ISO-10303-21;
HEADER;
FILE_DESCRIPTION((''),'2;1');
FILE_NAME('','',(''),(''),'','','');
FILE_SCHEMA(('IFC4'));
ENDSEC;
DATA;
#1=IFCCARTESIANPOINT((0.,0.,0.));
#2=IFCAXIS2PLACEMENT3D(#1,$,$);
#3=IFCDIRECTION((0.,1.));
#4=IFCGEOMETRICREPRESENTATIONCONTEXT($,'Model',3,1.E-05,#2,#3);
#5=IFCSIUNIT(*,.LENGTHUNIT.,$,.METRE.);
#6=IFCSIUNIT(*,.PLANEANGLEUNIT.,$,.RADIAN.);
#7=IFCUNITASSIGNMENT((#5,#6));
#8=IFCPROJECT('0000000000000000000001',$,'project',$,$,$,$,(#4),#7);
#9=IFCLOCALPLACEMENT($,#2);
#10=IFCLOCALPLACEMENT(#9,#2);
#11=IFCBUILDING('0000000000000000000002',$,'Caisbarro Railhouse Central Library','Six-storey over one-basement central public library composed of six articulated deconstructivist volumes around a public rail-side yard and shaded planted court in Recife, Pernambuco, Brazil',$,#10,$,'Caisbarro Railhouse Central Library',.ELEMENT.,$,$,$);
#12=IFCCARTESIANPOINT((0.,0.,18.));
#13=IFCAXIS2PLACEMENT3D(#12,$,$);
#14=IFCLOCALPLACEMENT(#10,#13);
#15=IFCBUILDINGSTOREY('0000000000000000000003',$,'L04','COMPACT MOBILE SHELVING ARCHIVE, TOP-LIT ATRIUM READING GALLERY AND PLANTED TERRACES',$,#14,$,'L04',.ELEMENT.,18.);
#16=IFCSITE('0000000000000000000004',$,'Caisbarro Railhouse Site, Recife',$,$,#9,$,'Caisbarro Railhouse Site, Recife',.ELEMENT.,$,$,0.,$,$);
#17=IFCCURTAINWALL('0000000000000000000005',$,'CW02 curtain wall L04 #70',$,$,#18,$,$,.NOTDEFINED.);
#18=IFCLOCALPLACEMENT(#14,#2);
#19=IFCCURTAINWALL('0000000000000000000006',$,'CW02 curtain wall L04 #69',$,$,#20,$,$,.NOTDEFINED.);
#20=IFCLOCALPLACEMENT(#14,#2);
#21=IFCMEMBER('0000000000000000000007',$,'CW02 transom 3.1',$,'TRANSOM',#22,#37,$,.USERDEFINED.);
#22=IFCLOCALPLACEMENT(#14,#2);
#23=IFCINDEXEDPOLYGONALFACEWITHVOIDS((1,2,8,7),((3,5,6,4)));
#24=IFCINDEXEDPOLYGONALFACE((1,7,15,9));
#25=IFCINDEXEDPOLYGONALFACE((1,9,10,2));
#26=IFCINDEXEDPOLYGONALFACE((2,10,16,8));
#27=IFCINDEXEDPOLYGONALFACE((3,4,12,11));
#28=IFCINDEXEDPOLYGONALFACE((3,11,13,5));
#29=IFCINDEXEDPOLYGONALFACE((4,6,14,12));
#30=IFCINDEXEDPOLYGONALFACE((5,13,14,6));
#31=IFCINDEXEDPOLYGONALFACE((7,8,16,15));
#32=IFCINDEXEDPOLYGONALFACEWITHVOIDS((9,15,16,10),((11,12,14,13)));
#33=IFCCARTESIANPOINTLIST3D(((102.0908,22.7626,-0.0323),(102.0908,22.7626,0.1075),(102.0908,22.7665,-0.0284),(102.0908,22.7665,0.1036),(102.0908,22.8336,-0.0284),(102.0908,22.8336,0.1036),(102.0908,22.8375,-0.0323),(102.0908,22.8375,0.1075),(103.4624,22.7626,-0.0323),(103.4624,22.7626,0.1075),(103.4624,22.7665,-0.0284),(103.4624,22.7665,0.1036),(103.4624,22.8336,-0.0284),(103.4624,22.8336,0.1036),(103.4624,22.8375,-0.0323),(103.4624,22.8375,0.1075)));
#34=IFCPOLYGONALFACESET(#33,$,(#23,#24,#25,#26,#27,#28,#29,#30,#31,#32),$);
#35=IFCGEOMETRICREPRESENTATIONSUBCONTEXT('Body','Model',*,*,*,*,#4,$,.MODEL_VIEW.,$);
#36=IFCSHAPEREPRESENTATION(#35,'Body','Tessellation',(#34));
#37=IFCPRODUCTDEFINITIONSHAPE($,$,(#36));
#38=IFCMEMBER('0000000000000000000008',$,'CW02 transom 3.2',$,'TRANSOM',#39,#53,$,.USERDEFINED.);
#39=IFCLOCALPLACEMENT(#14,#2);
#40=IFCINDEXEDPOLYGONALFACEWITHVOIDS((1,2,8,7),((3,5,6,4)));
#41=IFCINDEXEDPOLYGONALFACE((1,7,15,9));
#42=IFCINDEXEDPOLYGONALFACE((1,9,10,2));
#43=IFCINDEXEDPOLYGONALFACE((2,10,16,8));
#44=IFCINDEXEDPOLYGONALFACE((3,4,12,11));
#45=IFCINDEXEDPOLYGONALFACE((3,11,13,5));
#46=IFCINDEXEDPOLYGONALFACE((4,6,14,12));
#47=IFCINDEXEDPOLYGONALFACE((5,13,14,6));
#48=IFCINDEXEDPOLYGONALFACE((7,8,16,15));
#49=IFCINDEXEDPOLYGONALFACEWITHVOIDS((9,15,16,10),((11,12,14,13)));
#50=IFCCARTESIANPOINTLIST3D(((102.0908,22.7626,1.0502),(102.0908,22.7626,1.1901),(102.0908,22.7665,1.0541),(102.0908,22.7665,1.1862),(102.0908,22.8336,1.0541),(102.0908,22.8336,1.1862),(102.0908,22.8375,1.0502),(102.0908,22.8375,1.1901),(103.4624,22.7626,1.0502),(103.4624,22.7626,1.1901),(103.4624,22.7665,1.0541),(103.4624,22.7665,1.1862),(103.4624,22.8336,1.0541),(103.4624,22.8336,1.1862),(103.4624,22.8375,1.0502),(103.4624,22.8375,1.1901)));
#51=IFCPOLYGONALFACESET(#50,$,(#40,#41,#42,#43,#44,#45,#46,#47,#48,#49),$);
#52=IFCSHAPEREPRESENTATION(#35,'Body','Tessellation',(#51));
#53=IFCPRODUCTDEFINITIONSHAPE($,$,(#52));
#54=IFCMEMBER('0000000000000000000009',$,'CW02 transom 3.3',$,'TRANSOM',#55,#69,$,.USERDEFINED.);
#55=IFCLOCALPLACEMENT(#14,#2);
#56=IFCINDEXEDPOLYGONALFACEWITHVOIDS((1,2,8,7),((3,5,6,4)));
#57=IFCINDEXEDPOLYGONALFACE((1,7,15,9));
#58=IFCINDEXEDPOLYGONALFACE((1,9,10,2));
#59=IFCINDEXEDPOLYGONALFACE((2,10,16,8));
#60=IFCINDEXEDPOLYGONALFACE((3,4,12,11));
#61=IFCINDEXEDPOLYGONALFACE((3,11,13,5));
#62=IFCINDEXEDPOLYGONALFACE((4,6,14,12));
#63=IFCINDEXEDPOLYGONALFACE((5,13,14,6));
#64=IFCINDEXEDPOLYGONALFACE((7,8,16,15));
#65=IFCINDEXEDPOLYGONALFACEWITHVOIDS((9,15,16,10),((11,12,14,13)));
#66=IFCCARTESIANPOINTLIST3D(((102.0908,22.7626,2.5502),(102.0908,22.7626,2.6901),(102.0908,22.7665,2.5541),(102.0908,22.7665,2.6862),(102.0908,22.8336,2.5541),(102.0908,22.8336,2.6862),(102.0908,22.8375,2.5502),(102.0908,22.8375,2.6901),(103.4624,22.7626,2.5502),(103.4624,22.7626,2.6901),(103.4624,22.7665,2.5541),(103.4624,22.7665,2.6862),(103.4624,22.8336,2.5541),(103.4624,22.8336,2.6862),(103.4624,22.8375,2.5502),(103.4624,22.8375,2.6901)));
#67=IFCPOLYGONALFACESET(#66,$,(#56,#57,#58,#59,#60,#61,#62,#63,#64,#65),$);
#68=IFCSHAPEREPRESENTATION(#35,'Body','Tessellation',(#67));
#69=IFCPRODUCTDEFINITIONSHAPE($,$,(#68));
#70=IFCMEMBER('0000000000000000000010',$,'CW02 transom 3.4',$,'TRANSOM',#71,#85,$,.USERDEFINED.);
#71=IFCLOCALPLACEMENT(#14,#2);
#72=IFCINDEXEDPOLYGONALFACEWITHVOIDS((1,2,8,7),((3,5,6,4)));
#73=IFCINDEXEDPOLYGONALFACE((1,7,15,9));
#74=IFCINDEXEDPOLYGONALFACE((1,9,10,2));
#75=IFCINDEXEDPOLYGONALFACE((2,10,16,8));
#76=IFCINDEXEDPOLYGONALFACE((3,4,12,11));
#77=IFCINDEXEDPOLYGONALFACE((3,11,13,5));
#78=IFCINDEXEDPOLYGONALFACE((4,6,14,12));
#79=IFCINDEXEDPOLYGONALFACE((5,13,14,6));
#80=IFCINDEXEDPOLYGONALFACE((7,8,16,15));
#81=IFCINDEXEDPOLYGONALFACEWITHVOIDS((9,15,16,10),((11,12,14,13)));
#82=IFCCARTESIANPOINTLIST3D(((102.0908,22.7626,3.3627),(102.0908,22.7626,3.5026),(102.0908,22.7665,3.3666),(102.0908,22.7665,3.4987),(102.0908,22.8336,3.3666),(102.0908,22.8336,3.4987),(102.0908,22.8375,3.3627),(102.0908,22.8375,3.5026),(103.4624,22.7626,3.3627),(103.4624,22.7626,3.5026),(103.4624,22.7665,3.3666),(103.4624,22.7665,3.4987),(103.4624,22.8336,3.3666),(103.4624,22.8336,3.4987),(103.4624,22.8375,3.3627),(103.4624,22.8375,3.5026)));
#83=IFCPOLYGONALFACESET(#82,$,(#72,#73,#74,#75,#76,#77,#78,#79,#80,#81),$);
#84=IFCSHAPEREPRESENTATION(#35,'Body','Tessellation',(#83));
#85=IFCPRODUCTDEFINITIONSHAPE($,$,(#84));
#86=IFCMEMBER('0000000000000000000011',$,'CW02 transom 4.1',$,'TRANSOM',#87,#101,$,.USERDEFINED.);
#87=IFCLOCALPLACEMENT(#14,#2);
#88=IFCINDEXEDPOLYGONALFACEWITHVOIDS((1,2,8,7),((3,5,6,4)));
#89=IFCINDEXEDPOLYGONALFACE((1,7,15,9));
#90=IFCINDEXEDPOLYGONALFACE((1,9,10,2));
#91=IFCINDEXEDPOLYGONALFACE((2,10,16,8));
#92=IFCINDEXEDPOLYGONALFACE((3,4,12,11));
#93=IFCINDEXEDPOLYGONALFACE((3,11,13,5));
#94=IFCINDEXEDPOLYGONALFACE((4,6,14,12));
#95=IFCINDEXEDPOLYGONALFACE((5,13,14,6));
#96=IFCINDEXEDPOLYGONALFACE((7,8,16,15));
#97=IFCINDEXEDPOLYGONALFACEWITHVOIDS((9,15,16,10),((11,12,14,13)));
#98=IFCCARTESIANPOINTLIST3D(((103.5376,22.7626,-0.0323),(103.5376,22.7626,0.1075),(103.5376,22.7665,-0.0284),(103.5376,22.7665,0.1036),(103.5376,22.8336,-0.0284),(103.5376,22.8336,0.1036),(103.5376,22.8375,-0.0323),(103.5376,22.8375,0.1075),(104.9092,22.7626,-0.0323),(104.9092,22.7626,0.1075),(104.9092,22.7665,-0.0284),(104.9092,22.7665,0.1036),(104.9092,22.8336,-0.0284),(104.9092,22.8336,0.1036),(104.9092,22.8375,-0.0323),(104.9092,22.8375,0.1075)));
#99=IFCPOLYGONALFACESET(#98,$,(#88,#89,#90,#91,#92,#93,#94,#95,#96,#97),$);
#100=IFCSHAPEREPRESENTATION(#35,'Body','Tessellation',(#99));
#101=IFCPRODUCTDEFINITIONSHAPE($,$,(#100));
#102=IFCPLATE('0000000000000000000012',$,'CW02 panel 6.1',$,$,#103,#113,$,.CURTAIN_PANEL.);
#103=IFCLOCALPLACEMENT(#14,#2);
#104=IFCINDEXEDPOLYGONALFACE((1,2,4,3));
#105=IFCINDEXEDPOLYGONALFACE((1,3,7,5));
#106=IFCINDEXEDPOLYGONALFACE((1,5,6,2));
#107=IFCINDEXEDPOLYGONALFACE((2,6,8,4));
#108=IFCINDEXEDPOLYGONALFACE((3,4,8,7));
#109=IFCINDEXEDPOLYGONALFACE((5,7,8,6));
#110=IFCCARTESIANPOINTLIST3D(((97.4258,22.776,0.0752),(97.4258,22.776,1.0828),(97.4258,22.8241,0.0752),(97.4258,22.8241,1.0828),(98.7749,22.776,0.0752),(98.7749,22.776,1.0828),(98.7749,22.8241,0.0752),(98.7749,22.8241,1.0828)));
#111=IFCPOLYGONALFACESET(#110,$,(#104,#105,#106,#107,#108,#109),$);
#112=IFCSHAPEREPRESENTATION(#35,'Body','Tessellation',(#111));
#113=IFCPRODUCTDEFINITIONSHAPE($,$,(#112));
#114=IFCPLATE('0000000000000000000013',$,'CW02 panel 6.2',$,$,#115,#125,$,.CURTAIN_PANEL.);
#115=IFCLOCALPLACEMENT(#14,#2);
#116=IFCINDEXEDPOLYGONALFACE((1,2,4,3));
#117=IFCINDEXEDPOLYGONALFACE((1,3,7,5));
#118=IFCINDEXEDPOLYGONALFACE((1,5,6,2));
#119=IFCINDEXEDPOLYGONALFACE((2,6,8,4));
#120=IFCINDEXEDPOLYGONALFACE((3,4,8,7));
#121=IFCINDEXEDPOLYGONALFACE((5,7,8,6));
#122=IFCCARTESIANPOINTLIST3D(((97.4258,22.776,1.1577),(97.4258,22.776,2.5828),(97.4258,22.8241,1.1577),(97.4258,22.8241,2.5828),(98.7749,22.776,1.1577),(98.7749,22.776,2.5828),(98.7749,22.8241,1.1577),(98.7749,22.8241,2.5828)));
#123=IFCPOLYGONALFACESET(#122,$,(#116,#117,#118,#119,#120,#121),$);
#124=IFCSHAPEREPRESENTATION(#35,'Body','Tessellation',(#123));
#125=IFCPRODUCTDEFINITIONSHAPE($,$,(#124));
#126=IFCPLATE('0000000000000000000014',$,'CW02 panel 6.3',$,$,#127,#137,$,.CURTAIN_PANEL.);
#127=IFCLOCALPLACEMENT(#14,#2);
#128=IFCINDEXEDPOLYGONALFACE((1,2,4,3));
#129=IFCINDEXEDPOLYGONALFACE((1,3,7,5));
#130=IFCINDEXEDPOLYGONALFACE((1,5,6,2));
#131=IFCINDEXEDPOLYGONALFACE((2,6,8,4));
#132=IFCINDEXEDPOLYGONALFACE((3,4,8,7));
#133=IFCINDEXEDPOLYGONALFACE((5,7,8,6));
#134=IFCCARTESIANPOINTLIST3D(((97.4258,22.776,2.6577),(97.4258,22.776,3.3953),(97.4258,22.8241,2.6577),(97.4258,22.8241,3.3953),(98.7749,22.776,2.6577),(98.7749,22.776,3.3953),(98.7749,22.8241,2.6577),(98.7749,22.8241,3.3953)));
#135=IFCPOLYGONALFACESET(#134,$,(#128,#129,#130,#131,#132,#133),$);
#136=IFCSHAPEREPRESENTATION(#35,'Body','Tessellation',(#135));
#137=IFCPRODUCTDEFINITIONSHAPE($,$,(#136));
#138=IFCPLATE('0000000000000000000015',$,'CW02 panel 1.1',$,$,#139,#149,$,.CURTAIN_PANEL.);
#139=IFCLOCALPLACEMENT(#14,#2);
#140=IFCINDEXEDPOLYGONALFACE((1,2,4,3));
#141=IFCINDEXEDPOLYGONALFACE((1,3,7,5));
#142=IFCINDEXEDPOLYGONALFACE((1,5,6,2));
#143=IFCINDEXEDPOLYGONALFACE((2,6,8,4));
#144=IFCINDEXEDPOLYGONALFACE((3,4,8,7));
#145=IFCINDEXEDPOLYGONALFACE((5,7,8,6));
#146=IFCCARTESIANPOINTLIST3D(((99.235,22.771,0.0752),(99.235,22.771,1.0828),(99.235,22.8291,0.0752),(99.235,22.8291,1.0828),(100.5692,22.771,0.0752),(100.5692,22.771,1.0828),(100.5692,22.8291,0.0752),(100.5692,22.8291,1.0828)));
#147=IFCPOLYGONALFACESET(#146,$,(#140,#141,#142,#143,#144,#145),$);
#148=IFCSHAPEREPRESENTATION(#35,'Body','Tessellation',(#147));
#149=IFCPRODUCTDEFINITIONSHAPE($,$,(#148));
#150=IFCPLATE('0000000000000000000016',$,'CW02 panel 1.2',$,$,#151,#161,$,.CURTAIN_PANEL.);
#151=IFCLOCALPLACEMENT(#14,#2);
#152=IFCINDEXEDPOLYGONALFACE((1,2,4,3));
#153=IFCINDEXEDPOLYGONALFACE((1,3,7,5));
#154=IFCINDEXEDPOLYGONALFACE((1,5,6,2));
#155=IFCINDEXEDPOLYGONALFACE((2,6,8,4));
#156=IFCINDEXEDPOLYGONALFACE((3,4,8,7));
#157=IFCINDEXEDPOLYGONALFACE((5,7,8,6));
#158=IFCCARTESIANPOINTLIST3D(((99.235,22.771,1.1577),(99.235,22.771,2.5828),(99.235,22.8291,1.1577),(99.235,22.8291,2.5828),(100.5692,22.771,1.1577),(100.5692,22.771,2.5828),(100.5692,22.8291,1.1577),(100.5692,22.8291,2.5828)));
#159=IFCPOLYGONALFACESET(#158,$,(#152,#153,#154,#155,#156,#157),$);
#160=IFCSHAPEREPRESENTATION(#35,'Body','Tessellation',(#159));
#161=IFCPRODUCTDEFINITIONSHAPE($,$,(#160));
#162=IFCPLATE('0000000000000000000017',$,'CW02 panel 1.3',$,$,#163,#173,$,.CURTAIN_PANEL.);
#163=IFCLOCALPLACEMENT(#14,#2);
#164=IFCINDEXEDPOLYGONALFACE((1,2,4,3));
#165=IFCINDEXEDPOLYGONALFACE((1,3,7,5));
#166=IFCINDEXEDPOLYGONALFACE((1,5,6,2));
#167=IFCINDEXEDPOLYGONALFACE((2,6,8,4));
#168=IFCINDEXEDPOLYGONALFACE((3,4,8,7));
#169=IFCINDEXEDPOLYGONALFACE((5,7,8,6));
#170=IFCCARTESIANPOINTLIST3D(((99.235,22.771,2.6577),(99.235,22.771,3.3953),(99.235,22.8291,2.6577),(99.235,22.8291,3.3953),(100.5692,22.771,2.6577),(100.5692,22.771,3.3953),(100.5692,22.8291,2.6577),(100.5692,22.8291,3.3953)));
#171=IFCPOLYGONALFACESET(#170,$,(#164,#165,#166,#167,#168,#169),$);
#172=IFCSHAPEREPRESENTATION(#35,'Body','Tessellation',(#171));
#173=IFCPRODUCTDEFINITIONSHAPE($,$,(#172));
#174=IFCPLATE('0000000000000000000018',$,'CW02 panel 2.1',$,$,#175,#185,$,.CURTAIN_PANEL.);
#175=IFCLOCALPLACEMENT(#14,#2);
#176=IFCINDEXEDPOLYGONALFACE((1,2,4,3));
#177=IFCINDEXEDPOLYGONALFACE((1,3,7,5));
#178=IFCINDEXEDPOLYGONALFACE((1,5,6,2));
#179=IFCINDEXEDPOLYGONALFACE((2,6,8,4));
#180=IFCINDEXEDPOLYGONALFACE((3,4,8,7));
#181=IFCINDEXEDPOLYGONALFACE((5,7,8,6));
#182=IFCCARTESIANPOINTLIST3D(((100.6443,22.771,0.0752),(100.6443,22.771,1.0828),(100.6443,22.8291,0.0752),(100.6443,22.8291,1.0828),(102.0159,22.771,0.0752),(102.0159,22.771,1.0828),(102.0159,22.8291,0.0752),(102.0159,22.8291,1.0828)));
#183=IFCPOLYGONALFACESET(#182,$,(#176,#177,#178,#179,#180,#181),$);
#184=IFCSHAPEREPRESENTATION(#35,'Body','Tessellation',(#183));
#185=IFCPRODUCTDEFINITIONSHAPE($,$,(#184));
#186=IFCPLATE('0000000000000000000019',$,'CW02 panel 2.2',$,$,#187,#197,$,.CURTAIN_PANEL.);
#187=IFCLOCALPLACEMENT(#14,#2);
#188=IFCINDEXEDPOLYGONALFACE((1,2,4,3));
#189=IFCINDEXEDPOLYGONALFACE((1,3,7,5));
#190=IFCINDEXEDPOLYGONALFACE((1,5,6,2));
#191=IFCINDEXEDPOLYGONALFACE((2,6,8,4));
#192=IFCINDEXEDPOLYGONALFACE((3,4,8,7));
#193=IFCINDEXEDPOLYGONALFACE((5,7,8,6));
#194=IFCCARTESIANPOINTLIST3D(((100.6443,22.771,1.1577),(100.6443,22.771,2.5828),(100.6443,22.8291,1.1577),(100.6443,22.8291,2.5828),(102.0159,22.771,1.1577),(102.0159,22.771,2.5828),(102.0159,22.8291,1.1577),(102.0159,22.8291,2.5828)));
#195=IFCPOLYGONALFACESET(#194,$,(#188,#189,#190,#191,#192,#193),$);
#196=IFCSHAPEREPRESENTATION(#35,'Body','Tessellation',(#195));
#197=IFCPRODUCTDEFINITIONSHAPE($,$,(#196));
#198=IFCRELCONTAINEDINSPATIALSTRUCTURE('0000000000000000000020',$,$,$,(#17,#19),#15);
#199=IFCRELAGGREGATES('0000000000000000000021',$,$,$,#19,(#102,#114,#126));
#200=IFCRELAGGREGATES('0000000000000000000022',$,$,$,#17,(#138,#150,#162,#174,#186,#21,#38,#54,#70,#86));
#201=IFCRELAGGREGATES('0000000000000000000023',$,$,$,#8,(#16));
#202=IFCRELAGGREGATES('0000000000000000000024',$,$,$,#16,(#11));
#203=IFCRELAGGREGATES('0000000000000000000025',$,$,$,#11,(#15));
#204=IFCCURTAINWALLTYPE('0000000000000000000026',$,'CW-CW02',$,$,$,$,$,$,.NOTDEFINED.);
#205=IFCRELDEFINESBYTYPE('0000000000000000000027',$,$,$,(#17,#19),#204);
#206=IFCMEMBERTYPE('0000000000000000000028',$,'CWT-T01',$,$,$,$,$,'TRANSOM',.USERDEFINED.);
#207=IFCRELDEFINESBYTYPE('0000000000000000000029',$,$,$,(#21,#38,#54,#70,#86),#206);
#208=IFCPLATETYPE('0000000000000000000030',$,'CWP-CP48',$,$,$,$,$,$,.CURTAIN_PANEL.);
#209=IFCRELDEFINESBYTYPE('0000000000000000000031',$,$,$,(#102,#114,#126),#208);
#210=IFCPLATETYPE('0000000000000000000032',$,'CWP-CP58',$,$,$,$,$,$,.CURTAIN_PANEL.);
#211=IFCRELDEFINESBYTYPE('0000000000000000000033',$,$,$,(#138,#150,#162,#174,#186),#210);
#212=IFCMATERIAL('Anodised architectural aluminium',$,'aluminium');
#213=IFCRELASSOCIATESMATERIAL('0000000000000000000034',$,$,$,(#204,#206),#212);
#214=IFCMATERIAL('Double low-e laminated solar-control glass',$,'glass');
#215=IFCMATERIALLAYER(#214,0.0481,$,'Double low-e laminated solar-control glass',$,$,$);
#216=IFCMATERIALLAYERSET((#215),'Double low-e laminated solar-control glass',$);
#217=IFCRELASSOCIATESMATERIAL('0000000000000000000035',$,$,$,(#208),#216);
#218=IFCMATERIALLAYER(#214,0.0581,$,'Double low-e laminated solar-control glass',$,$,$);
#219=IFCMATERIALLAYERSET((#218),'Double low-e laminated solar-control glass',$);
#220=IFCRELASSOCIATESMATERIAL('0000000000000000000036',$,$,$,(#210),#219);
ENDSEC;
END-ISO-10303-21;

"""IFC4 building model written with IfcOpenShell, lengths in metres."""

from ifc_helpers import new_model, si_unit, direction, frame, origin, origin_2d, place, context, subcontext, project, spatial, rectangle, hollow_rectangle, extrude, material, layer, layer_set, material_profile, profile_set, type_object, element, aggregate, save


model = new_model("IFC4")

# Units and contexts
model_context = context("Model", 3, precision=1e-05, world=origin(), true_north=direction((0.0, 1.0)))
body_context = subcontext(model_context, "Body", "Model", "MODEL_VIEW")
ifc_project = project(units=[si_unit("LENGTHUNIT", "METRE"), si_unit("PLANEANGLEUNIT", "RADIAN")], contexts=[model_context])

# Site, building, storey
site_placement = place(None, origin())
site = spatial("IfcSite", under=ifc_project, at=site_placement, Name="Caisbarro Railhouse Site, Recife", LongName="Caisbarro Railhouse Site, Recife", CompositionType="ELEMENT", RefElevation=0.0)
building_placement = place(site_placement, origin())
building = spatial("IfcBuilding", under=site, at=building_placement, Name="Caisbarro Railhouse Central Library", Description="Six-storey over one-basement central public library composed of six articulated deconstructivist volumes around a public rail-side yard and shaded planted court in Recife, Pernambuco, Brazil", LongName="Caisbarro Railhouse Central Library", CompositionType="ELEMENT")
storey_placement = place(building_placement, frame((0.0, 0.0, 18.0)))
storey = spatial("IfcBuildingStorey", under=building, at=storey_placement, Name="L04", Description="COMPACT MOBILE SHELVING ARCHIVE, TOP-LIT ATRIUM READING GALLERY AND PLANTED TERRACES", LongName="L04", CompositionType="ELEMENT", Elevation=18.0)

# Curtain walls
ifc_material_1 = material(Name="Anodised architectural aluminium", Category="aluminium")
curtain_wall_type = type_object("IfcCurtainWallType", Name="CW-CW02", PredefinedType="NOTDEFINED", material=ifc_material_1)
curtain_wall_1_placement = place(storey_placement, origin())
curtain_wall_1 = element("IfcCurtainWall", 1, at=curtain_wall_1_placement, inside=storey, type_object=curtain_wall_type, Name="CW02 curtain wall L04 #70", PredefinedType="NOTDEFINED")
curtain_wall_2_placement = place(storey_placement, origin())
curtain_wall_2 = element("IfcCurtainWall", 2, at=curtain_wall_2_placement, inside=storey, type_object=curtain_wall_type, Name="CW02 curtain wall L04 #69", PredefinedType="NOTDEFINED")
ifc_material_profile_1 = material_profile(ifc_material_1, hollow_rectangle(XDim=0.075, YDim=0.1399, WallThickness=0.0039, at=origin_2d()), Name="ALU-TRN-75X140")
ifc_profile_set_1 = profile_set([ifc_material_profile_1], Name="Anodised architectural aluminium")
member_type_1 = type_object("IfcMemberType", Name="CWT-T01", ElementType="TRANSOM", PredefinedType="USERDEFINED", material=ifc_profile_set_1)

# Members
member_1_placement = place(storey_placement, frame((102.0908, 22.8, 0.0376), z_axis=(1.0, 0.0, 0.0), x_axis=(0.0, 1.0, 0.0)))
member_1 = element("IfcMember", 3, at=member_1_placement, type_object=member_type_1, Name="CW02 transom 3.1", ObjectType="TRANSOM", PredefinedType="USERDEFINED", context=body_context, shape_type="SweptSolid", body=[
    extrude(hollow_rectangle(XDim=0.075, YDim=0.1399, WallThickness=0.0039, at=origin_2d()), origin(), (0.0, 0.0, 1.0), 1.3716),
])
member_2_placement = place(storey_placement, frame((102.0908, 22.8, 1.1201), z_axis=(1.0, 0.0, 0.0), x_axis=(0.0, 1.0, 0.0)))
member_2 = element("IfcMember", 4, at=member_2_placement, type_object=member_type_1, Name="CW02 transom 3.2", ObjectType="TRANSOM", PredefinedType="USERDEFINED", context=body_context, shape_type="SweptSolid", body=[
    extrude(hollow_rectangle(XDim=0.075, YDim=0.1399, WallThickness=0.0039, at=origin_2d()), origin(), (0.0, 0.0, 1.0), 1.3716),
])
member_3_placement = place(storey_placement, frame((102.0908, 22.8, 2.6201), z_axis=(1.0, 0.0, 0.0), x_axis=(0.0, 1.0, 0.0)))
member_3 = element("IfcMember", 5, at=member_3_placement, type_object=member_type_1, Name="CW02 transom 3.3", ObjectType="TRANSOM", PredefinedType="USERDEFINED", context=body_context, shape_type="SweptSolid", body=[
    extrude(hollow_rectangle(XDim=0.075, YDim=0.1399, WallThickness=0.0039, at=origin_2d()), origin(), (0.0, 0.0, 1.0), 1.3716),
])
member_4_placement = place(storey_placement, frame((102.0908, 22.8, 3.4326), z_axis=(1.0, 0.0, 0.0), x_axis=(0.0, 1.0, 0.0)))
member_4 = element("IfcMember", 6, at=member_4_placement, type_object=member_type_1, Name="CW02 transom 3.4", ObjectType="TRANSOM", PredefinedType="USERDEFINED", context=body_context, shape_type="SweptSolid", body=[
    extrude(hollow_rectangle(XDim=0.075, YDim=0.1399, WallThickness=0.0039, at=origin_2d()), origin(), (0.0, 0.0, 1.0), 1.3716),
])
member_5_placement = place(storey_placement, frame((103.5376, 22.8, 0.0376), z_axis=(1.0, 0.0, 0.0), x_axis=(0.0, 1.0, 0.0)))
member_5 = element("IfcMember", 7, at=member_5_placement, type_object=member_type_1, Name="CW02 transom 4.1", ObjectType="TRANSOM", PredefinedType="USERDEFINED", context=body_context, shape_type="SweptSolid", body=[
    extrude(hollow_rectangle(XDim=0.075, YDim=0.1399, WallThickness=0.0039, at=origin_2d()), origin(), (0.0, 0.0, 1.0), 1.3716),
])

# Plates
ifc_material_2 = material(Name="Double low-e laminated solar-control glass", Category="glass")
ifc_layer_1 = layer(ifc_material_2, 0.0481, Name="Double low-e laminated solar-control glass")
ifc_layer_set_1 = layer_set([ifc_layer_1], Name="Double low-e laminated solar-control glass")
plate_type_1 = type_object("IfcPlateType", Name="CWP-CP48", PredefinedType="CURTAIN_PANEL", material=ifc_layer_set_1)
plate_1_placement = place(storey_placement, frame((98.1003, 22.8, 0.0752), z_axis=(0.0, 0.0, 1.0), x_axis=(1.0, 0.0, 0.0)))
plate_1 = element("IfcPlate", 8, at=plate_1_placement, type_object=plate_type_1, Name="CW02 panel 6.1", PredefinedType="CURTAIN_PANEL", context=body_context, shape_type="SweptSolid", body=[
    extrude(rectangle(XDim=1.3491, YDim=0.0481, at=origin_2d()), origin(), (0.0, 0.0, 1.0), 1.0076),
])
plate_2_placement = place(storey_placement, frame((98.1003, 22.8, 1.1577), z_axis=(0.0, 0.0, 1.0), x_axis=(1.0, 0.0, 0.0)))
plate_2 = element("IfcPlate", 9, at=plate_2_placement, type_object=plate_type_1, Name="CW02 panel 6.2", PredefinedType="CURTAIN_PANEL", context=body_context, shape_type="SweptSolid", body=[
    extrude(rectangle(XDim=1.3491, YDim=0.0481, at=origin_2d()), origin(), (0.0, 0.0, 1.0), 1.425),
])
plate_3_placement = place(storey_placement, frame((98.1003, 22.8, 2.6577), z_axis=(0.0, 0.0, 1.0), x_axis=(1.0, 0.0, 0.0)))
plate_3 = element("IfcPlate", 10, at=plate_3_placement, type_object=plate_type_1, Name="CW02 panel 6.3", PredefinedType="CURTAIN_PANEL", context=body_context, shape_type="SweptSolid", body=[
    extrude(rectangle(XDim=1.3491, YDim=0.0481, at=origin_2d()), origin(), (0.0, 0.0, 1.0), 0.7375),
])
aggregate(curtain_wall_2, [plate_1, plate_2, plate_3])
ifc_layer_2 = layer(ifc_material_2, 0.0581, Name="Double low-e laminated solar-control glass")
ifc_layer_set_2 = layer_set([ifc_layer_2], Name="Double low-e laminated solar-control glass")
plate_type_2 = type_object("IfcPlateType", Name="CWP-CP58", PredefinedType="CURTAIN_PANEL", material=ifc_layer_set_2)
plate_4_placement = place(storey_placement, frame((99.9021, 22.8, 0.0752), z_axis=(0.0, 0.0, 1.0), x_axis=(1.0, 0.0, 0.0)))
plate_4 = element("IfcPlate", 11, at=plate_4_placement, type_object=plate_type_2, Name="CW02 panel 1.1", PredefinedType="CURTAIN_PANEL", context=body_context, shape_type="SweptSolid", body=[
    extrude(rectangle(XDim=1.3342, YDim=0.0581, at=origin_2d()), origin(), (0.0, 0.0, 1.0), 1.0076),
])
plate_5_placement = place(storey_placement, frame((99.9021, 22.8, 1.1577), z_axis=(0.0, 0.0, 1.0), x_axis=(1.0, 0.0, 0.0)))
plate_5 = element("IfcPlate", 12, at=plate_5_placement, type_object=plate_type_2, Name="CW02 panel 1.2", PredefinedType="CURTAIN_PANEL", context=body_context, shape_type="SweptSolid", body=[
    extrude(rectangle(XDim=1.3342, YDim=0.0581, at=origin_2d()), origin(), (0.0, 0.0, 1.0), 1.425),
])
plate_6_placement = place(storey_placement, frame((99.9021, 22.8, 2.6577), z_axis=(0.0, 0.0, 1.0), x_axis=(1.0, 0.0, 0.0)))
plate_6 = element("IfcPlate", 13, at=plate_6_placement, type_object=plate_type_2, Name="CW02 panel 1.3", PredefinedType="CURTAIN_PANEL", context=body_context, shape_type="SweptSolid", body=[
    extrude(rectangle(XDim=1.3342, YDim=0.0581, at=origin_2d()), origin(), (0.0, 0.0, 1.0), 0.7375),
])
plate_7_placement = place(storey_placement, frame((101.3301, 22.8, 0.0752), z_axis=(0.0, 0.0, 1.0), x_axis=(1.0, 0.0, 0.0)))
plate_7 = element("IfcPlate", 14, at=plate_7_placement, type_object=plate_type_2, Name="CW02 panel 2.1", PredefinedType="CURTAIN_PANEL", context=body_context, shape_type="SweptSolid", body=[
    extrude(rectangle(XDim=1.3716, YDim=0.0581, at=origin_2d()), origin(), (0.0, 0.0, 1.0), 1.0076),
])
plate_8_placement = place(storey_placement, frame((101.3301, 22.8, 1.1577), z_axis=(0.0, 0.0, 1.0), x_axis=(1.0, 0.0, 0.0)))
plate_8 = element("IfcPlate", 15, at=plate_8_placement, type_object=plate_type_2, Name="CW02 panel 2.2", PredefinedType="CURTAIN_PANEL", context=body_context, shape_type="SweptSolid", body=[
    extrude(rectangle(XDim=1.3716, YDim=0.0581, at=origin_2d()), origin(), (0.0, 0.0, 1.0), 1.425),
])
aggregate(curtain_wall_1, [plate_4, plate_5, plate_6, plate_7, plate_8, member_1, member_2, member_3, member_4, member_5])

save(model, "model.ifc")
